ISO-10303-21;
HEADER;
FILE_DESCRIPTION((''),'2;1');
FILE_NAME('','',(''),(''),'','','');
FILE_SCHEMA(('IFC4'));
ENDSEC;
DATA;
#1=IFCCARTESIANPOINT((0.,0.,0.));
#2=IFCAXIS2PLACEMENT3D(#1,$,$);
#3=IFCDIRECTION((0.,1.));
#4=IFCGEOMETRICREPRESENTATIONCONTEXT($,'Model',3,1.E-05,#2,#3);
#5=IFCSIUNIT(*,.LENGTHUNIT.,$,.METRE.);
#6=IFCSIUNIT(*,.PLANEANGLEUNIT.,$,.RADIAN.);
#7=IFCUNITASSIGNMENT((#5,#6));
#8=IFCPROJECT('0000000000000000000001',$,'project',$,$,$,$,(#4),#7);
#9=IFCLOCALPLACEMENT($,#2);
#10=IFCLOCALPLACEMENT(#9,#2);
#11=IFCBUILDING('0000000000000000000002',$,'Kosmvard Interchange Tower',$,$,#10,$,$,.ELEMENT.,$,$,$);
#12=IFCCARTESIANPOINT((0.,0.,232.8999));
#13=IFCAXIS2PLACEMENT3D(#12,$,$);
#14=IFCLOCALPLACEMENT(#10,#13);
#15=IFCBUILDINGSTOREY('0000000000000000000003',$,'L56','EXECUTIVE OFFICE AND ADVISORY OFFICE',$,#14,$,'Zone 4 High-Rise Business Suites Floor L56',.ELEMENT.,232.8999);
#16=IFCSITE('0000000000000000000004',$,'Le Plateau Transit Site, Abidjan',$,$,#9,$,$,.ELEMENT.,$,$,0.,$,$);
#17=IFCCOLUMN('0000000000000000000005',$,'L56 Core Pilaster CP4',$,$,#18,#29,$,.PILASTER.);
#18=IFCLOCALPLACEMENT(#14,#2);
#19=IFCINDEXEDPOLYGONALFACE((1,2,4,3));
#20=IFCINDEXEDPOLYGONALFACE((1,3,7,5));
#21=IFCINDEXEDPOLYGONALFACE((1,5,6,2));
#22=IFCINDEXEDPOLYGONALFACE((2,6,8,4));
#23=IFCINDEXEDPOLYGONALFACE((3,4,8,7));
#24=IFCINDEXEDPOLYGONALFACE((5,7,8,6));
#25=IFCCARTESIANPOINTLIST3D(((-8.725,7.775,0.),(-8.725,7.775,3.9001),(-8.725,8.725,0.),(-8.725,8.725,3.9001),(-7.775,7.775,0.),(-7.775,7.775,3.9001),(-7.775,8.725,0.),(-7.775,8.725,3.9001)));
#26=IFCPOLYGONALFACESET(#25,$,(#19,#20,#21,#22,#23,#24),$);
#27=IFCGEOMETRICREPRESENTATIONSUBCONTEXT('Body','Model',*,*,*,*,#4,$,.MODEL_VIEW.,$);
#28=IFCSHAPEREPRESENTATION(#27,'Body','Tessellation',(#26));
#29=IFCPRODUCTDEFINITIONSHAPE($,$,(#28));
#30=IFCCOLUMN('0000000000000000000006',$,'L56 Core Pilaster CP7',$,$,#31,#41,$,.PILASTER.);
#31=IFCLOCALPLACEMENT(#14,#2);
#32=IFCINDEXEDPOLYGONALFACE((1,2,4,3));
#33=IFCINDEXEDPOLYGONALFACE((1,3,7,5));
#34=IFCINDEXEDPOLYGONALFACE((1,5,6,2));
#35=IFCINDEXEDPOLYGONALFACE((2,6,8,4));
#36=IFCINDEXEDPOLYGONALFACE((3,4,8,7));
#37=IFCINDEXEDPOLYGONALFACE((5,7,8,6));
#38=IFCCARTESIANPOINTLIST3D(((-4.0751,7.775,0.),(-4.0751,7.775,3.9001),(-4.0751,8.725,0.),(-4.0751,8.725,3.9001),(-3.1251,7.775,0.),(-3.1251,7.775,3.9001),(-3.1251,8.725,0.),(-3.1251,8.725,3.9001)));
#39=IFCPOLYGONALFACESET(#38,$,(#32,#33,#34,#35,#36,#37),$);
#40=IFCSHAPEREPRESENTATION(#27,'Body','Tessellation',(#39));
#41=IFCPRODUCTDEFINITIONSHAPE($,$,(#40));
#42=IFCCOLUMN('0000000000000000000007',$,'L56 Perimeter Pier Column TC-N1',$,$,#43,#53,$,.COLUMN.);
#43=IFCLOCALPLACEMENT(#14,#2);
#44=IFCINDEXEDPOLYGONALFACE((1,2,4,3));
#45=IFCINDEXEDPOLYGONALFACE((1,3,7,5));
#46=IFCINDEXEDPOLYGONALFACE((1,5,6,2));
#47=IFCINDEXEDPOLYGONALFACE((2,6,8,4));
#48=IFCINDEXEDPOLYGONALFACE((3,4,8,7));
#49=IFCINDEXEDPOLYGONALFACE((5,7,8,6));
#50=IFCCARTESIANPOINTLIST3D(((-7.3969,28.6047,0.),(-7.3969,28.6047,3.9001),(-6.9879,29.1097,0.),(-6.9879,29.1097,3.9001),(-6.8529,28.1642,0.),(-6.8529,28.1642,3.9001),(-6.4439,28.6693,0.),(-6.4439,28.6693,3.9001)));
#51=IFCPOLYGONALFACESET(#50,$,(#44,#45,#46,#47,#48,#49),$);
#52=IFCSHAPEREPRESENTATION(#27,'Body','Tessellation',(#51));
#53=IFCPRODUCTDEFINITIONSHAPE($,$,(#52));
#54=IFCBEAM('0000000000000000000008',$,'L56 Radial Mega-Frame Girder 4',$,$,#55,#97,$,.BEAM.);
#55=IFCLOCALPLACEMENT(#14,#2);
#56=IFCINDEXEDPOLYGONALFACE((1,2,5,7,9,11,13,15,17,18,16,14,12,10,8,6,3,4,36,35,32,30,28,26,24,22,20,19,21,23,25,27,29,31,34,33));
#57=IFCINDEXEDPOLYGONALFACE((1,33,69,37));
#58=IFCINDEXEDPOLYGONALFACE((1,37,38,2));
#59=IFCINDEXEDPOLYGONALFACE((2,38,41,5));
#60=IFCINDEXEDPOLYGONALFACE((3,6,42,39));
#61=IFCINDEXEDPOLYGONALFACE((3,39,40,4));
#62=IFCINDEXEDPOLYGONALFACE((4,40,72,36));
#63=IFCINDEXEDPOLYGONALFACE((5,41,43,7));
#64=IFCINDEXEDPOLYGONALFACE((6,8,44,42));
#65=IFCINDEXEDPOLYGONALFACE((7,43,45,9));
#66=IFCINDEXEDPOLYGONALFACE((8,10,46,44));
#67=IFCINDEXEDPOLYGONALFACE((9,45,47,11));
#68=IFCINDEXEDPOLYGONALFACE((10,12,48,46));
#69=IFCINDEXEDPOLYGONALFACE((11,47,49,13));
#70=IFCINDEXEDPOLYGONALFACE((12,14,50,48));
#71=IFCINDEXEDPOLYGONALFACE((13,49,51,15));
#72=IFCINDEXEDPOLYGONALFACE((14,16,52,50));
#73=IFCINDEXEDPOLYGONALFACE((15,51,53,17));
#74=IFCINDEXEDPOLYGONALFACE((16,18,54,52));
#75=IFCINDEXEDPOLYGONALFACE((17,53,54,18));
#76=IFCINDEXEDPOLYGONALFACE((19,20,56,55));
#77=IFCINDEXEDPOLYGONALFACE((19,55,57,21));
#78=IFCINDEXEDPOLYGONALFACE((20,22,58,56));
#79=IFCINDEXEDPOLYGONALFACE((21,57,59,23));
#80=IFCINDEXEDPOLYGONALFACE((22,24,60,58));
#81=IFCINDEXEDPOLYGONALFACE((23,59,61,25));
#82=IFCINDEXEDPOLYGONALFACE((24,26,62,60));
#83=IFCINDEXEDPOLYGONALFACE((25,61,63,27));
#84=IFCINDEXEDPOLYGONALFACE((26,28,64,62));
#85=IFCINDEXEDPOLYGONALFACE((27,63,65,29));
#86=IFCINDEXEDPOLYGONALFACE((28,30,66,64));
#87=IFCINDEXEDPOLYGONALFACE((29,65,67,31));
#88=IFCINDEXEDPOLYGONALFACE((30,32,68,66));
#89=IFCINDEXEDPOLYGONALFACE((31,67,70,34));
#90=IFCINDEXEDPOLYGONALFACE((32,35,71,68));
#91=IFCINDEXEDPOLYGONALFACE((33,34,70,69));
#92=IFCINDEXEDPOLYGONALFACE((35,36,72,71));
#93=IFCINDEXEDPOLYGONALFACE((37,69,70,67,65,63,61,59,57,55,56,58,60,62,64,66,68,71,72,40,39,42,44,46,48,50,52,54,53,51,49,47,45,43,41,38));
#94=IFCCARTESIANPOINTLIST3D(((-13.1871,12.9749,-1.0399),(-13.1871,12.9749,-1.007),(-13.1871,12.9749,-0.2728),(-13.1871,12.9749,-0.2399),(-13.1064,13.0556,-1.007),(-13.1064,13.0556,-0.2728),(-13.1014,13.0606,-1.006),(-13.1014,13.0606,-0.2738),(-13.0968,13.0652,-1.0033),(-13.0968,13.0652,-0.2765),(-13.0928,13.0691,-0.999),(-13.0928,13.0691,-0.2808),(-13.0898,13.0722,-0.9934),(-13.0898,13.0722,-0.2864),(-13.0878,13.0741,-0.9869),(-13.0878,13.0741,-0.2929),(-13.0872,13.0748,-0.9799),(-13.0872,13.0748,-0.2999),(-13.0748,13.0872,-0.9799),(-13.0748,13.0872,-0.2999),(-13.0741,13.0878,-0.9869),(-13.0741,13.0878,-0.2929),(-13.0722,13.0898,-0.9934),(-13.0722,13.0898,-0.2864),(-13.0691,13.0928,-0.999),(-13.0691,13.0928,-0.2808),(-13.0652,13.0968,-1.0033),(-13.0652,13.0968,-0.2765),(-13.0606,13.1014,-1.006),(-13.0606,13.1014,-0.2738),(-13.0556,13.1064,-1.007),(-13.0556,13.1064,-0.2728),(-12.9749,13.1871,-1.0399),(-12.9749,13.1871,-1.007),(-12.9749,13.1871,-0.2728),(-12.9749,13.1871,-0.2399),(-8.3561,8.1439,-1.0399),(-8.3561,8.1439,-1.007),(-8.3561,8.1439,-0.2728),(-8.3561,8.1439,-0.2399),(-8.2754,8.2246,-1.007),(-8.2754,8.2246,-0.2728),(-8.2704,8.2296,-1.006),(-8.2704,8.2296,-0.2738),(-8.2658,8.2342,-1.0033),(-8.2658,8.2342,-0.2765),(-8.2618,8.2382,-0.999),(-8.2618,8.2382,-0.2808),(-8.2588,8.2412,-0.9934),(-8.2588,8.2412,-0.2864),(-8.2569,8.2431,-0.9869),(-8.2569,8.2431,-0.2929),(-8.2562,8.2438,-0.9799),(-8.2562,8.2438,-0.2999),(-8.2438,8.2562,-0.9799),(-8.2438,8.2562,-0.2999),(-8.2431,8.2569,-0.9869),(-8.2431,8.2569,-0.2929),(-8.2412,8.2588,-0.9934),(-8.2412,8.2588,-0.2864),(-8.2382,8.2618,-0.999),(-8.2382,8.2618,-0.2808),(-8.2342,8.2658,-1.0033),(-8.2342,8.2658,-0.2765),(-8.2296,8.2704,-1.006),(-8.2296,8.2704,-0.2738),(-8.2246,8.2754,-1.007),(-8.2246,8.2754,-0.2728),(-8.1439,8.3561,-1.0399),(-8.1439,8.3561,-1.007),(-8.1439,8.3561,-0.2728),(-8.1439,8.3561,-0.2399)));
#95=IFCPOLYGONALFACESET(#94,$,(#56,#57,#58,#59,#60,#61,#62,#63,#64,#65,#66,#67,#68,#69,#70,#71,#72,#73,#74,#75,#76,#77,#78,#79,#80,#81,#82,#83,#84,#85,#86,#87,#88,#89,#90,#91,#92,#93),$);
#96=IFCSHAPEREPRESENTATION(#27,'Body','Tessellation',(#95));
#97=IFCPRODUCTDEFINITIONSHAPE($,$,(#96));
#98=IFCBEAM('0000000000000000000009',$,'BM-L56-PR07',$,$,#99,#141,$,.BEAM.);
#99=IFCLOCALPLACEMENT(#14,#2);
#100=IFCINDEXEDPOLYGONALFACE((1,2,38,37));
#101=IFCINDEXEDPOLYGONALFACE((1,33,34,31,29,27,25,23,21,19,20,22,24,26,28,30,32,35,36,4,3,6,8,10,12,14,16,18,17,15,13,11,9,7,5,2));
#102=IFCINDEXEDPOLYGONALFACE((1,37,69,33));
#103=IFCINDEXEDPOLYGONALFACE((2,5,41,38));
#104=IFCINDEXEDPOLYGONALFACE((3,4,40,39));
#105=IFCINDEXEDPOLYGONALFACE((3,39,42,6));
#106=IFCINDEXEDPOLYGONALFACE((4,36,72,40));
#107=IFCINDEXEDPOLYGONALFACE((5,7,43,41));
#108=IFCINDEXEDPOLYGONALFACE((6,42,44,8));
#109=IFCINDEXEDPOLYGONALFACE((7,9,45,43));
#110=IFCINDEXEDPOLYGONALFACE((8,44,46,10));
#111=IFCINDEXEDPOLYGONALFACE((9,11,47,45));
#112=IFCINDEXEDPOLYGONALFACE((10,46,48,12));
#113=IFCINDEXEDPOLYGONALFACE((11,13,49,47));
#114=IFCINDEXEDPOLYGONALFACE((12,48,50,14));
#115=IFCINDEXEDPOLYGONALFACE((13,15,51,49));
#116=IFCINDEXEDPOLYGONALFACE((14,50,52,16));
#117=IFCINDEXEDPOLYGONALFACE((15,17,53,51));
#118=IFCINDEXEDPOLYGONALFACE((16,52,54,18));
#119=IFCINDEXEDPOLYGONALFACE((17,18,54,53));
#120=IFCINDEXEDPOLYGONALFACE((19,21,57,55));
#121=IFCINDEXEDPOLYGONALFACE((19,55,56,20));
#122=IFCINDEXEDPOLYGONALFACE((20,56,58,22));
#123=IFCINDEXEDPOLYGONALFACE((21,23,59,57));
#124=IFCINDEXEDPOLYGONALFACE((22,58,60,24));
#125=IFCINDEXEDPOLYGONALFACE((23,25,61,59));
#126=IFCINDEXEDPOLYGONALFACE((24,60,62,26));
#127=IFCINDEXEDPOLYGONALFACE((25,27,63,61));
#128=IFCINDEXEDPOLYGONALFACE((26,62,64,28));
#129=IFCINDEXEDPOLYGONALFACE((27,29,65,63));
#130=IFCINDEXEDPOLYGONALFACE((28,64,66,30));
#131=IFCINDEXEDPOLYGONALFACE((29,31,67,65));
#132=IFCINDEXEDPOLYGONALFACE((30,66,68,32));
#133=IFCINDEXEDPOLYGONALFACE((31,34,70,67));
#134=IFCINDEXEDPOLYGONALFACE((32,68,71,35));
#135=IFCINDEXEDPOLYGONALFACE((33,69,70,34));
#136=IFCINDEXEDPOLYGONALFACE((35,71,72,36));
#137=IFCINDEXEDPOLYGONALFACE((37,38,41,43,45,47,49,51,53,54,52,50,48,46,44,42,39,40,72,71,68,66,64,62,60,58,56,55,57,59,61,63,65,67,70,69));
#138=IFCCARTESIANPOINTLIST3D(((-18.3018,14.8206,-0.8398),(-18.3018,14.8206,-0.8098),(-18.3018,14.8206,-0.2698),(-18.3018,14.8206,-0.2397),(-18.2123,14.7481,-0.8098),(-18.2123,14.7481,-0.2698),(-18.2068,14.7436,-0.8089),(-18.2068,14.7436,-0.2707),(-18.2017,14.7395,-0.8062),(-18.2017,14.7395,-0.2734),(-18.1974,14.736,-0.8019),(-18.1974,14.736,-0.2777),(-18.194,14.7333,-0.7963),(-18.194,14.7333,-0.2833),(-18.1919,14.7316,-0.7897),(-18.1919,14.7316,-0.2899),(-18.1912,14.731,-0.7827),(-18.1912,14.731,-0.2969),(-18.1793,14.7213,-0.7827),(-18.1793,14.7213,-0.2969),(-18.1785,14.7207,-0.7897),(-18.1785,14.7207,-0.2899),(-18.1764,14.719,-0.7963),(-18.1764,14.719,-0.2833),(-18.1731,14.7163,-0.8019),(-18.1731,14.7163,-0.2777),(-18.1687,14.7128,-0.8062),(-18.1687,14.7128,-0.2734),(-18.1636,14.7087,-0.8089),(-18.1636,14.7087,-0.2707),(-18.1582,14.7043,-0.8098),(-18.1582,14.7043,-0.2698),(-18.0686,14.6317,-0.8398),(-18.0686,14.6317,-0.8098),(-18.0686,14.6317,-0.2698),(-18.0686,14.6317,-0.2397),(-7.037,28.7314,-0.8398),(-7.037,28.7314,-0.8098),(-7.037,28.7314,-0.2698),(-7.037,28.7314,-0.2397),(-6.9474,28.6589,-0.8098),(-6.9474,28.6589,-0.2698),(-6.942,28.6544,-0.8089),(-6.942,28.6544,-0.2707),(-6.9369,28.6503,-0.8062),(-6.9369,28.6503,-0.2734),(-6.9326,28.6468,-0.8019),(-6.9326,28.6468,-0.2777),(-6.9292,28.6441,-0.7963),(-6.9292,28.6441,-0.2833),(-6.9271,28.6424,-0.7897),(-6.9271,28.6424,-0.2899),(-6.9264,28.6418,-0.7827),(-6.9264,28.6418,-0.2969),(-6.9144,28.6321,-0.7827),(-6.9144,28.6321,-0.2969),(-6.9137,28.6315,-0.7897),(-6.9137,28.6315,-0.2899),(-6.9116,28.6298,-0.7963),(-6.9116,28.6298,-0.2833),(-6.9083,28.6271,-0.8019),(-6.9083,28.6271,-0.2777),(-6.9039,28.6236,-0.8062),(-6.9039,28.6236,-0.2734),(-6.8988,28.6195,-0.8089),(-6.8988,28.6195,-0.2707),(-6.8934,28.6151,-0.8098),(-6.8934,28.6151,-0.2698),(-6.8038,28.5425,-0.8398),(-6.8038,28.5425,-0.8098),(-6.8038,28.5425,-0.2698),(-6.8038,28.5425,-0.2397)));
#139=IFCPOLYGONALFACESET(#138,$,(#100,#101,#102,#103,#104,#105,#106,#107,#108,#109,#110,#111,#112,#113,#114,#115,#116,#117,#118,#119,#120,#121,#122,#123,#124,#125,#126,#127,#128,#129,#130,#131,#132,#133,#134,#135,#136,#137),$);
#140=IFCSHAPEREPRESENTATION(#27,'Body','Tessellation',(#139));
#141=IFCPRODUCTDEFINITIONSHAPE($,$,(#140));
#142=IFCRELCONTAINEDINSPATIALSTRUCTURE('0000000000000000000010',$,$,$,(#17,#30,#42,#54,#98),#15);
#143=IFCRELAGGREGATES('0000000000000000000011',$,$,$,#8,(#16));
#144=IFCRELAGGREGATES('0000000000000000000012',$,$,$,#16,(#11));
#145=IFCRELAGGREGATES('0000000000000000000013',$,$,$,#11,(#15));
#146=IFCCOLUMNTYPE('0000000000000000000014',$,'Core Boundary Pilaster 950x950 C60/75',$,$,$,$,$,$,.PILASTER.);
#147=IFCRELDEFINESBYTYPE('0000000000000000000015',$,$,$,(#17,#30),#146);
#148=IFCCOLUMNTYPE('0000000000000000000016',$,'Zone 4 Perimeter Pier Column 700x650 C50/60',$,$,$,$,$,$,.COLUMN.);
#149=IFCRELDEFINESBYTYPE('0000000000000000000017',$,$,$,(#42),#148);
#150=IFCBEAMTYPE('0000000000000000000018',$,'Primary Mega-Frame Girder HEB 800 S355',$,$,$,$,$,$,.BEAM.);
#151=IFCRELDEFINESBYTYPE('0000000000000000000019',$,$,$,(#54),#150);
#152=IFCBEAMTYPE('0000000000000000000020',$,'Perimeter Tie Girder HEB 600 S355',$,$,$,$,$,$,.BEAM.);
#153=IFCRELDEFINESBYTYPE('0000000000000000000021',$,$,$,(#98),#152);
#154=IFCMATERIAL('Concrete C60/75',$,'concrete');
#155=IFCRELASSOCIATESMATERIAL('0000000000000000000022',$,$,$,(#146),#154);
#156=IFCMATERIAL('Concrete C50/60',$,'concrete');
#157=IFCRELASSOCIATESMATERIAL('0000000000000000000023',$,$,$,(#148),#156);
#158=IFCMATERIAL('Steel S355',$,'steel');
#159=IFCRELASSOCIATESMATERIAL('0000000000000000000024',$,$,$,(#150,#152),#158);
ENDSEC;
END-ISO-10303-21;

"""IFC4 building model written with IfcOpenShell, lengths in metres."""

from ifc_helpers import new_model, si_unit, direction, frame, origin, origin_2d, place, context, subcontext, project, spatial, rectangle, i_section, extrude, source, transform, mapped, material, material_profile, profile_set, type_object, element, save


model = new_model("IFC4")

# Units and contexts
model_context = context("Model", 3, precision=1e-05, world=origin(), true_north=direction((0.0, 1.0)))
body_context = subcontext(model_context, "Body", "Model", "MODEL_VIEW")
ifc_project = project(units=[si_unit("LENGTHUNIT", "METRE"), si_unit("PLANEANGLEUNIT", "RADIAN")], contexts=[model_context])

# Site, building, storey
site_placement = place(None, origin())
site = spatial("IfcSite", under=ifc_project, at=site_placement, Name="Le Plateau Transit Site, Abidjan", CompositionType="ELEMENT", RefElevation=0.0)
building_placement = place(site_placement, origin())
building = spatial("IfcBuilding", under=site, at=building_placement, Name="Kosmvard Interchange Tower", CompositionType="ELEMENT")
storey_placement = place(building_placement, frame((0.0, 0.0, 232.8999)))
storey = spatial("IfcBuildingStorey", under=building, at=storey_placement, Name="L56", Description="EXECUTIVE OFFICE AND ADVISORY OFFICE", LongName="Zone 4 High-Rise Business Suites Floor L56", CompositionType="ELEMENT", Elevation=232.8999)

# Columns
ifc_material_1 = material(Name="Concrete C60/75", Category="concrete")
ifc_material_profile_1 = material_profile(ifc_material_1, rectangle(XDim=0.95, YDim=0.95, at=origin_2d()), Name="CP 950x950")
ifc_profile_set_1 = profile_set([ifc_material_profile_1], Name="Concrete C60/75")
column_type_1 = type_object("IfcColumnType", Name="Core Boundary Pilaster 950x950 C60/75", PredefinedType="PILASTER", material=ifc_profile_set_1)
shared_shape_1 = source(origin(), body_context, "Body", "SweptSolid", [
    extrude(rectangle(XDim=0.95, YDim=0.95, at=origin_2d()), origin(), (0.0, 0.0, 1.0), 3.9001),
])
for number, where, z_axis, x_axis, name in (
    (1, (-8.25, 8.25, 0.0), (0.0, 0.0, 1.0), (1.0, 0.0, 0.0), "L56 Core Pilaster CP4"),
    (2, (-3.6001, 8.25, 0.0), (0.0, 0.0, 1.0), (1.0, 0.0, 0.0), "L56 Core Pilaster CP7"),
):
    element("IfcColumn", number, at=place(storey_placement, frame(where, z_axis=z_axis, x_axis=x_axis)), inside=storey, type_object=column_type_1, Name=name, PredefinedType="PILASTER", context=body_context, shape_type="MappedRepresentation", body=[
        mapped(shared_shape_1, transform((0.0, 0.0, 0.0), scale=1.0)),
    ])
ifc_material_2 = material(Name="Concrete C50/60", Category="concrete")
ifc_material_profile_2 = material_profile(ifc_material_2, rectangle(XDim=0.6499, YDim=0.7, at=origin_2d()), Name="TC 700x650")
ifc_profile_set_2 = profile_set([ifc_material_profile_2], Name="Concrete C50/60")
column_type_2 = type_object("IfcColumnType", Name="Zone 4 Perimeter Pier Column 700x650 C50/60", PredefinedType="COLUMN", material=ifc_profile_set_2)
shared_shape_2 = source(origin(), body_context, "Body", "SweptSolid", [
    extrude(rectangle(XDim=0.6499, YDim=0.7, at=origin_2d()), origin(), (0.0, 0.0, 1.0), 3.9001),
])
column_placement = place(storey_placement, frame((-6.9204, 28.637, 0.0), z_axis=(0.0, 0.0, 1.0), x_axis=(0.62932, 0.777146, 0.0)))
element("IfcColumn", 3, at=column_placement, inside=storey, type_object=column_type_2, Name="L56 Perimeter Pier Column TC-N1", PredefinedType="COLUMN", context=body_context, shape_type="MappedRepresentation", body=[
    mapped(shared_shape_2, transform((0.0, 0.0, 0.0), scale=1.0)),
])

# Beams
ifc_material_3 = material(Name="Steel S355", Category="steel")
ifc_material_profile_3 = material_profile(ifc_material_3, i_section(OverallWidth=0.3, OverallDepth=0.8, WebThickness=0.0176, FlangeThickness=0.033, FilletRadius=0.0271, at=origin_2d()), Name="HEB 800")
ifc_profile_set_3 = profile_set([ifc_material_profile_3], Name="Steel S355")
beam_type_1 = type_object("IfcBeamType", Name="Primary Mega-Frame Girder HEB 800 S355", PredefinedType="BEAM", material=ifc_profile_set_3)
shared_shape_3 = source(origin(), body_context, "Body", "SweptSolid", [
    extrude(i_section(OverallWidth=0.3, OverallDepth=0.8, WebThickness=0.0176, FlangeThickness=0.033, FilletRadius=0.0271, at=origin_2d()), origin(), (0.0, 0.0, 1.0), 6.832),
])
beam_1_placement = place(storey_placement, frame((-8.25, 8.25, -0.6399), z_axis=(-0.707107, 0.707107, 0.0), x_axis=(-0.707107, -0.707107, 0.0)))
element("IfcBeam", 4, at=beam_1_placement, inside=storey, type_object=beam_type_1, Name="L56 Radial Mega-Frame Girder 4", PredefinedType="BEAM", context=body_context, shape_type="MappedRepresentation", body=[
    mapped(shared_shape_3, transform((0.0, 0.0, 0.0), scale=1.0)),
])
ifc_material_profile_4 = material_profile(ifc_material_3, i_section(OverallWidth=0.3, OverallDepth=0.6001, WebThickness=0.0154, FlangeThickness=0.03, FilletRadius=0.0271, at=origin_2d()), Name="HEB 600")
ifc_profile_set_4 = profile_set([ifc_material_profile_4], Name="Steel S355")
beam_type_2 = type_object("IfcBeamType", Name="Perimeter Tie Girder HEB 600 S355", PredefinedType="BEAM", material=ifc_profile_set_4)
shared_shape_4 = source(origin(), body_context, "Body", "SweptSolid", [
    extrude(i_section(OverallWidth=0.3, OverallDepth=0.6001, WebThickness=0.0154, FlangeThickness=0.03, FilletRadius=0.0271, at=origin_2d()), origin(), (0.0, 0.0, 1.0), 17.8999),
])
beam_2_placement = place(storey_placement, frame((-6.9204, 28.637, -0.5398), z_axis=(-0.629323, -0.777144, 0.0), x_axis=(0.777144, -0.629323, 0.0)))
element("IfcBeam", 5, at=beam_2_placement, inside=storey, type_object=beam_type_2, Name="BM-L56-PR07", PredefinedType="BEAM", context=body_context, shape_type="MappedRepresentation", body=[
    mapped(shared_shape_4, transform((0.0, 0.0, 0.0), scale=1.0)),
])

save(model, "model.ifc")
